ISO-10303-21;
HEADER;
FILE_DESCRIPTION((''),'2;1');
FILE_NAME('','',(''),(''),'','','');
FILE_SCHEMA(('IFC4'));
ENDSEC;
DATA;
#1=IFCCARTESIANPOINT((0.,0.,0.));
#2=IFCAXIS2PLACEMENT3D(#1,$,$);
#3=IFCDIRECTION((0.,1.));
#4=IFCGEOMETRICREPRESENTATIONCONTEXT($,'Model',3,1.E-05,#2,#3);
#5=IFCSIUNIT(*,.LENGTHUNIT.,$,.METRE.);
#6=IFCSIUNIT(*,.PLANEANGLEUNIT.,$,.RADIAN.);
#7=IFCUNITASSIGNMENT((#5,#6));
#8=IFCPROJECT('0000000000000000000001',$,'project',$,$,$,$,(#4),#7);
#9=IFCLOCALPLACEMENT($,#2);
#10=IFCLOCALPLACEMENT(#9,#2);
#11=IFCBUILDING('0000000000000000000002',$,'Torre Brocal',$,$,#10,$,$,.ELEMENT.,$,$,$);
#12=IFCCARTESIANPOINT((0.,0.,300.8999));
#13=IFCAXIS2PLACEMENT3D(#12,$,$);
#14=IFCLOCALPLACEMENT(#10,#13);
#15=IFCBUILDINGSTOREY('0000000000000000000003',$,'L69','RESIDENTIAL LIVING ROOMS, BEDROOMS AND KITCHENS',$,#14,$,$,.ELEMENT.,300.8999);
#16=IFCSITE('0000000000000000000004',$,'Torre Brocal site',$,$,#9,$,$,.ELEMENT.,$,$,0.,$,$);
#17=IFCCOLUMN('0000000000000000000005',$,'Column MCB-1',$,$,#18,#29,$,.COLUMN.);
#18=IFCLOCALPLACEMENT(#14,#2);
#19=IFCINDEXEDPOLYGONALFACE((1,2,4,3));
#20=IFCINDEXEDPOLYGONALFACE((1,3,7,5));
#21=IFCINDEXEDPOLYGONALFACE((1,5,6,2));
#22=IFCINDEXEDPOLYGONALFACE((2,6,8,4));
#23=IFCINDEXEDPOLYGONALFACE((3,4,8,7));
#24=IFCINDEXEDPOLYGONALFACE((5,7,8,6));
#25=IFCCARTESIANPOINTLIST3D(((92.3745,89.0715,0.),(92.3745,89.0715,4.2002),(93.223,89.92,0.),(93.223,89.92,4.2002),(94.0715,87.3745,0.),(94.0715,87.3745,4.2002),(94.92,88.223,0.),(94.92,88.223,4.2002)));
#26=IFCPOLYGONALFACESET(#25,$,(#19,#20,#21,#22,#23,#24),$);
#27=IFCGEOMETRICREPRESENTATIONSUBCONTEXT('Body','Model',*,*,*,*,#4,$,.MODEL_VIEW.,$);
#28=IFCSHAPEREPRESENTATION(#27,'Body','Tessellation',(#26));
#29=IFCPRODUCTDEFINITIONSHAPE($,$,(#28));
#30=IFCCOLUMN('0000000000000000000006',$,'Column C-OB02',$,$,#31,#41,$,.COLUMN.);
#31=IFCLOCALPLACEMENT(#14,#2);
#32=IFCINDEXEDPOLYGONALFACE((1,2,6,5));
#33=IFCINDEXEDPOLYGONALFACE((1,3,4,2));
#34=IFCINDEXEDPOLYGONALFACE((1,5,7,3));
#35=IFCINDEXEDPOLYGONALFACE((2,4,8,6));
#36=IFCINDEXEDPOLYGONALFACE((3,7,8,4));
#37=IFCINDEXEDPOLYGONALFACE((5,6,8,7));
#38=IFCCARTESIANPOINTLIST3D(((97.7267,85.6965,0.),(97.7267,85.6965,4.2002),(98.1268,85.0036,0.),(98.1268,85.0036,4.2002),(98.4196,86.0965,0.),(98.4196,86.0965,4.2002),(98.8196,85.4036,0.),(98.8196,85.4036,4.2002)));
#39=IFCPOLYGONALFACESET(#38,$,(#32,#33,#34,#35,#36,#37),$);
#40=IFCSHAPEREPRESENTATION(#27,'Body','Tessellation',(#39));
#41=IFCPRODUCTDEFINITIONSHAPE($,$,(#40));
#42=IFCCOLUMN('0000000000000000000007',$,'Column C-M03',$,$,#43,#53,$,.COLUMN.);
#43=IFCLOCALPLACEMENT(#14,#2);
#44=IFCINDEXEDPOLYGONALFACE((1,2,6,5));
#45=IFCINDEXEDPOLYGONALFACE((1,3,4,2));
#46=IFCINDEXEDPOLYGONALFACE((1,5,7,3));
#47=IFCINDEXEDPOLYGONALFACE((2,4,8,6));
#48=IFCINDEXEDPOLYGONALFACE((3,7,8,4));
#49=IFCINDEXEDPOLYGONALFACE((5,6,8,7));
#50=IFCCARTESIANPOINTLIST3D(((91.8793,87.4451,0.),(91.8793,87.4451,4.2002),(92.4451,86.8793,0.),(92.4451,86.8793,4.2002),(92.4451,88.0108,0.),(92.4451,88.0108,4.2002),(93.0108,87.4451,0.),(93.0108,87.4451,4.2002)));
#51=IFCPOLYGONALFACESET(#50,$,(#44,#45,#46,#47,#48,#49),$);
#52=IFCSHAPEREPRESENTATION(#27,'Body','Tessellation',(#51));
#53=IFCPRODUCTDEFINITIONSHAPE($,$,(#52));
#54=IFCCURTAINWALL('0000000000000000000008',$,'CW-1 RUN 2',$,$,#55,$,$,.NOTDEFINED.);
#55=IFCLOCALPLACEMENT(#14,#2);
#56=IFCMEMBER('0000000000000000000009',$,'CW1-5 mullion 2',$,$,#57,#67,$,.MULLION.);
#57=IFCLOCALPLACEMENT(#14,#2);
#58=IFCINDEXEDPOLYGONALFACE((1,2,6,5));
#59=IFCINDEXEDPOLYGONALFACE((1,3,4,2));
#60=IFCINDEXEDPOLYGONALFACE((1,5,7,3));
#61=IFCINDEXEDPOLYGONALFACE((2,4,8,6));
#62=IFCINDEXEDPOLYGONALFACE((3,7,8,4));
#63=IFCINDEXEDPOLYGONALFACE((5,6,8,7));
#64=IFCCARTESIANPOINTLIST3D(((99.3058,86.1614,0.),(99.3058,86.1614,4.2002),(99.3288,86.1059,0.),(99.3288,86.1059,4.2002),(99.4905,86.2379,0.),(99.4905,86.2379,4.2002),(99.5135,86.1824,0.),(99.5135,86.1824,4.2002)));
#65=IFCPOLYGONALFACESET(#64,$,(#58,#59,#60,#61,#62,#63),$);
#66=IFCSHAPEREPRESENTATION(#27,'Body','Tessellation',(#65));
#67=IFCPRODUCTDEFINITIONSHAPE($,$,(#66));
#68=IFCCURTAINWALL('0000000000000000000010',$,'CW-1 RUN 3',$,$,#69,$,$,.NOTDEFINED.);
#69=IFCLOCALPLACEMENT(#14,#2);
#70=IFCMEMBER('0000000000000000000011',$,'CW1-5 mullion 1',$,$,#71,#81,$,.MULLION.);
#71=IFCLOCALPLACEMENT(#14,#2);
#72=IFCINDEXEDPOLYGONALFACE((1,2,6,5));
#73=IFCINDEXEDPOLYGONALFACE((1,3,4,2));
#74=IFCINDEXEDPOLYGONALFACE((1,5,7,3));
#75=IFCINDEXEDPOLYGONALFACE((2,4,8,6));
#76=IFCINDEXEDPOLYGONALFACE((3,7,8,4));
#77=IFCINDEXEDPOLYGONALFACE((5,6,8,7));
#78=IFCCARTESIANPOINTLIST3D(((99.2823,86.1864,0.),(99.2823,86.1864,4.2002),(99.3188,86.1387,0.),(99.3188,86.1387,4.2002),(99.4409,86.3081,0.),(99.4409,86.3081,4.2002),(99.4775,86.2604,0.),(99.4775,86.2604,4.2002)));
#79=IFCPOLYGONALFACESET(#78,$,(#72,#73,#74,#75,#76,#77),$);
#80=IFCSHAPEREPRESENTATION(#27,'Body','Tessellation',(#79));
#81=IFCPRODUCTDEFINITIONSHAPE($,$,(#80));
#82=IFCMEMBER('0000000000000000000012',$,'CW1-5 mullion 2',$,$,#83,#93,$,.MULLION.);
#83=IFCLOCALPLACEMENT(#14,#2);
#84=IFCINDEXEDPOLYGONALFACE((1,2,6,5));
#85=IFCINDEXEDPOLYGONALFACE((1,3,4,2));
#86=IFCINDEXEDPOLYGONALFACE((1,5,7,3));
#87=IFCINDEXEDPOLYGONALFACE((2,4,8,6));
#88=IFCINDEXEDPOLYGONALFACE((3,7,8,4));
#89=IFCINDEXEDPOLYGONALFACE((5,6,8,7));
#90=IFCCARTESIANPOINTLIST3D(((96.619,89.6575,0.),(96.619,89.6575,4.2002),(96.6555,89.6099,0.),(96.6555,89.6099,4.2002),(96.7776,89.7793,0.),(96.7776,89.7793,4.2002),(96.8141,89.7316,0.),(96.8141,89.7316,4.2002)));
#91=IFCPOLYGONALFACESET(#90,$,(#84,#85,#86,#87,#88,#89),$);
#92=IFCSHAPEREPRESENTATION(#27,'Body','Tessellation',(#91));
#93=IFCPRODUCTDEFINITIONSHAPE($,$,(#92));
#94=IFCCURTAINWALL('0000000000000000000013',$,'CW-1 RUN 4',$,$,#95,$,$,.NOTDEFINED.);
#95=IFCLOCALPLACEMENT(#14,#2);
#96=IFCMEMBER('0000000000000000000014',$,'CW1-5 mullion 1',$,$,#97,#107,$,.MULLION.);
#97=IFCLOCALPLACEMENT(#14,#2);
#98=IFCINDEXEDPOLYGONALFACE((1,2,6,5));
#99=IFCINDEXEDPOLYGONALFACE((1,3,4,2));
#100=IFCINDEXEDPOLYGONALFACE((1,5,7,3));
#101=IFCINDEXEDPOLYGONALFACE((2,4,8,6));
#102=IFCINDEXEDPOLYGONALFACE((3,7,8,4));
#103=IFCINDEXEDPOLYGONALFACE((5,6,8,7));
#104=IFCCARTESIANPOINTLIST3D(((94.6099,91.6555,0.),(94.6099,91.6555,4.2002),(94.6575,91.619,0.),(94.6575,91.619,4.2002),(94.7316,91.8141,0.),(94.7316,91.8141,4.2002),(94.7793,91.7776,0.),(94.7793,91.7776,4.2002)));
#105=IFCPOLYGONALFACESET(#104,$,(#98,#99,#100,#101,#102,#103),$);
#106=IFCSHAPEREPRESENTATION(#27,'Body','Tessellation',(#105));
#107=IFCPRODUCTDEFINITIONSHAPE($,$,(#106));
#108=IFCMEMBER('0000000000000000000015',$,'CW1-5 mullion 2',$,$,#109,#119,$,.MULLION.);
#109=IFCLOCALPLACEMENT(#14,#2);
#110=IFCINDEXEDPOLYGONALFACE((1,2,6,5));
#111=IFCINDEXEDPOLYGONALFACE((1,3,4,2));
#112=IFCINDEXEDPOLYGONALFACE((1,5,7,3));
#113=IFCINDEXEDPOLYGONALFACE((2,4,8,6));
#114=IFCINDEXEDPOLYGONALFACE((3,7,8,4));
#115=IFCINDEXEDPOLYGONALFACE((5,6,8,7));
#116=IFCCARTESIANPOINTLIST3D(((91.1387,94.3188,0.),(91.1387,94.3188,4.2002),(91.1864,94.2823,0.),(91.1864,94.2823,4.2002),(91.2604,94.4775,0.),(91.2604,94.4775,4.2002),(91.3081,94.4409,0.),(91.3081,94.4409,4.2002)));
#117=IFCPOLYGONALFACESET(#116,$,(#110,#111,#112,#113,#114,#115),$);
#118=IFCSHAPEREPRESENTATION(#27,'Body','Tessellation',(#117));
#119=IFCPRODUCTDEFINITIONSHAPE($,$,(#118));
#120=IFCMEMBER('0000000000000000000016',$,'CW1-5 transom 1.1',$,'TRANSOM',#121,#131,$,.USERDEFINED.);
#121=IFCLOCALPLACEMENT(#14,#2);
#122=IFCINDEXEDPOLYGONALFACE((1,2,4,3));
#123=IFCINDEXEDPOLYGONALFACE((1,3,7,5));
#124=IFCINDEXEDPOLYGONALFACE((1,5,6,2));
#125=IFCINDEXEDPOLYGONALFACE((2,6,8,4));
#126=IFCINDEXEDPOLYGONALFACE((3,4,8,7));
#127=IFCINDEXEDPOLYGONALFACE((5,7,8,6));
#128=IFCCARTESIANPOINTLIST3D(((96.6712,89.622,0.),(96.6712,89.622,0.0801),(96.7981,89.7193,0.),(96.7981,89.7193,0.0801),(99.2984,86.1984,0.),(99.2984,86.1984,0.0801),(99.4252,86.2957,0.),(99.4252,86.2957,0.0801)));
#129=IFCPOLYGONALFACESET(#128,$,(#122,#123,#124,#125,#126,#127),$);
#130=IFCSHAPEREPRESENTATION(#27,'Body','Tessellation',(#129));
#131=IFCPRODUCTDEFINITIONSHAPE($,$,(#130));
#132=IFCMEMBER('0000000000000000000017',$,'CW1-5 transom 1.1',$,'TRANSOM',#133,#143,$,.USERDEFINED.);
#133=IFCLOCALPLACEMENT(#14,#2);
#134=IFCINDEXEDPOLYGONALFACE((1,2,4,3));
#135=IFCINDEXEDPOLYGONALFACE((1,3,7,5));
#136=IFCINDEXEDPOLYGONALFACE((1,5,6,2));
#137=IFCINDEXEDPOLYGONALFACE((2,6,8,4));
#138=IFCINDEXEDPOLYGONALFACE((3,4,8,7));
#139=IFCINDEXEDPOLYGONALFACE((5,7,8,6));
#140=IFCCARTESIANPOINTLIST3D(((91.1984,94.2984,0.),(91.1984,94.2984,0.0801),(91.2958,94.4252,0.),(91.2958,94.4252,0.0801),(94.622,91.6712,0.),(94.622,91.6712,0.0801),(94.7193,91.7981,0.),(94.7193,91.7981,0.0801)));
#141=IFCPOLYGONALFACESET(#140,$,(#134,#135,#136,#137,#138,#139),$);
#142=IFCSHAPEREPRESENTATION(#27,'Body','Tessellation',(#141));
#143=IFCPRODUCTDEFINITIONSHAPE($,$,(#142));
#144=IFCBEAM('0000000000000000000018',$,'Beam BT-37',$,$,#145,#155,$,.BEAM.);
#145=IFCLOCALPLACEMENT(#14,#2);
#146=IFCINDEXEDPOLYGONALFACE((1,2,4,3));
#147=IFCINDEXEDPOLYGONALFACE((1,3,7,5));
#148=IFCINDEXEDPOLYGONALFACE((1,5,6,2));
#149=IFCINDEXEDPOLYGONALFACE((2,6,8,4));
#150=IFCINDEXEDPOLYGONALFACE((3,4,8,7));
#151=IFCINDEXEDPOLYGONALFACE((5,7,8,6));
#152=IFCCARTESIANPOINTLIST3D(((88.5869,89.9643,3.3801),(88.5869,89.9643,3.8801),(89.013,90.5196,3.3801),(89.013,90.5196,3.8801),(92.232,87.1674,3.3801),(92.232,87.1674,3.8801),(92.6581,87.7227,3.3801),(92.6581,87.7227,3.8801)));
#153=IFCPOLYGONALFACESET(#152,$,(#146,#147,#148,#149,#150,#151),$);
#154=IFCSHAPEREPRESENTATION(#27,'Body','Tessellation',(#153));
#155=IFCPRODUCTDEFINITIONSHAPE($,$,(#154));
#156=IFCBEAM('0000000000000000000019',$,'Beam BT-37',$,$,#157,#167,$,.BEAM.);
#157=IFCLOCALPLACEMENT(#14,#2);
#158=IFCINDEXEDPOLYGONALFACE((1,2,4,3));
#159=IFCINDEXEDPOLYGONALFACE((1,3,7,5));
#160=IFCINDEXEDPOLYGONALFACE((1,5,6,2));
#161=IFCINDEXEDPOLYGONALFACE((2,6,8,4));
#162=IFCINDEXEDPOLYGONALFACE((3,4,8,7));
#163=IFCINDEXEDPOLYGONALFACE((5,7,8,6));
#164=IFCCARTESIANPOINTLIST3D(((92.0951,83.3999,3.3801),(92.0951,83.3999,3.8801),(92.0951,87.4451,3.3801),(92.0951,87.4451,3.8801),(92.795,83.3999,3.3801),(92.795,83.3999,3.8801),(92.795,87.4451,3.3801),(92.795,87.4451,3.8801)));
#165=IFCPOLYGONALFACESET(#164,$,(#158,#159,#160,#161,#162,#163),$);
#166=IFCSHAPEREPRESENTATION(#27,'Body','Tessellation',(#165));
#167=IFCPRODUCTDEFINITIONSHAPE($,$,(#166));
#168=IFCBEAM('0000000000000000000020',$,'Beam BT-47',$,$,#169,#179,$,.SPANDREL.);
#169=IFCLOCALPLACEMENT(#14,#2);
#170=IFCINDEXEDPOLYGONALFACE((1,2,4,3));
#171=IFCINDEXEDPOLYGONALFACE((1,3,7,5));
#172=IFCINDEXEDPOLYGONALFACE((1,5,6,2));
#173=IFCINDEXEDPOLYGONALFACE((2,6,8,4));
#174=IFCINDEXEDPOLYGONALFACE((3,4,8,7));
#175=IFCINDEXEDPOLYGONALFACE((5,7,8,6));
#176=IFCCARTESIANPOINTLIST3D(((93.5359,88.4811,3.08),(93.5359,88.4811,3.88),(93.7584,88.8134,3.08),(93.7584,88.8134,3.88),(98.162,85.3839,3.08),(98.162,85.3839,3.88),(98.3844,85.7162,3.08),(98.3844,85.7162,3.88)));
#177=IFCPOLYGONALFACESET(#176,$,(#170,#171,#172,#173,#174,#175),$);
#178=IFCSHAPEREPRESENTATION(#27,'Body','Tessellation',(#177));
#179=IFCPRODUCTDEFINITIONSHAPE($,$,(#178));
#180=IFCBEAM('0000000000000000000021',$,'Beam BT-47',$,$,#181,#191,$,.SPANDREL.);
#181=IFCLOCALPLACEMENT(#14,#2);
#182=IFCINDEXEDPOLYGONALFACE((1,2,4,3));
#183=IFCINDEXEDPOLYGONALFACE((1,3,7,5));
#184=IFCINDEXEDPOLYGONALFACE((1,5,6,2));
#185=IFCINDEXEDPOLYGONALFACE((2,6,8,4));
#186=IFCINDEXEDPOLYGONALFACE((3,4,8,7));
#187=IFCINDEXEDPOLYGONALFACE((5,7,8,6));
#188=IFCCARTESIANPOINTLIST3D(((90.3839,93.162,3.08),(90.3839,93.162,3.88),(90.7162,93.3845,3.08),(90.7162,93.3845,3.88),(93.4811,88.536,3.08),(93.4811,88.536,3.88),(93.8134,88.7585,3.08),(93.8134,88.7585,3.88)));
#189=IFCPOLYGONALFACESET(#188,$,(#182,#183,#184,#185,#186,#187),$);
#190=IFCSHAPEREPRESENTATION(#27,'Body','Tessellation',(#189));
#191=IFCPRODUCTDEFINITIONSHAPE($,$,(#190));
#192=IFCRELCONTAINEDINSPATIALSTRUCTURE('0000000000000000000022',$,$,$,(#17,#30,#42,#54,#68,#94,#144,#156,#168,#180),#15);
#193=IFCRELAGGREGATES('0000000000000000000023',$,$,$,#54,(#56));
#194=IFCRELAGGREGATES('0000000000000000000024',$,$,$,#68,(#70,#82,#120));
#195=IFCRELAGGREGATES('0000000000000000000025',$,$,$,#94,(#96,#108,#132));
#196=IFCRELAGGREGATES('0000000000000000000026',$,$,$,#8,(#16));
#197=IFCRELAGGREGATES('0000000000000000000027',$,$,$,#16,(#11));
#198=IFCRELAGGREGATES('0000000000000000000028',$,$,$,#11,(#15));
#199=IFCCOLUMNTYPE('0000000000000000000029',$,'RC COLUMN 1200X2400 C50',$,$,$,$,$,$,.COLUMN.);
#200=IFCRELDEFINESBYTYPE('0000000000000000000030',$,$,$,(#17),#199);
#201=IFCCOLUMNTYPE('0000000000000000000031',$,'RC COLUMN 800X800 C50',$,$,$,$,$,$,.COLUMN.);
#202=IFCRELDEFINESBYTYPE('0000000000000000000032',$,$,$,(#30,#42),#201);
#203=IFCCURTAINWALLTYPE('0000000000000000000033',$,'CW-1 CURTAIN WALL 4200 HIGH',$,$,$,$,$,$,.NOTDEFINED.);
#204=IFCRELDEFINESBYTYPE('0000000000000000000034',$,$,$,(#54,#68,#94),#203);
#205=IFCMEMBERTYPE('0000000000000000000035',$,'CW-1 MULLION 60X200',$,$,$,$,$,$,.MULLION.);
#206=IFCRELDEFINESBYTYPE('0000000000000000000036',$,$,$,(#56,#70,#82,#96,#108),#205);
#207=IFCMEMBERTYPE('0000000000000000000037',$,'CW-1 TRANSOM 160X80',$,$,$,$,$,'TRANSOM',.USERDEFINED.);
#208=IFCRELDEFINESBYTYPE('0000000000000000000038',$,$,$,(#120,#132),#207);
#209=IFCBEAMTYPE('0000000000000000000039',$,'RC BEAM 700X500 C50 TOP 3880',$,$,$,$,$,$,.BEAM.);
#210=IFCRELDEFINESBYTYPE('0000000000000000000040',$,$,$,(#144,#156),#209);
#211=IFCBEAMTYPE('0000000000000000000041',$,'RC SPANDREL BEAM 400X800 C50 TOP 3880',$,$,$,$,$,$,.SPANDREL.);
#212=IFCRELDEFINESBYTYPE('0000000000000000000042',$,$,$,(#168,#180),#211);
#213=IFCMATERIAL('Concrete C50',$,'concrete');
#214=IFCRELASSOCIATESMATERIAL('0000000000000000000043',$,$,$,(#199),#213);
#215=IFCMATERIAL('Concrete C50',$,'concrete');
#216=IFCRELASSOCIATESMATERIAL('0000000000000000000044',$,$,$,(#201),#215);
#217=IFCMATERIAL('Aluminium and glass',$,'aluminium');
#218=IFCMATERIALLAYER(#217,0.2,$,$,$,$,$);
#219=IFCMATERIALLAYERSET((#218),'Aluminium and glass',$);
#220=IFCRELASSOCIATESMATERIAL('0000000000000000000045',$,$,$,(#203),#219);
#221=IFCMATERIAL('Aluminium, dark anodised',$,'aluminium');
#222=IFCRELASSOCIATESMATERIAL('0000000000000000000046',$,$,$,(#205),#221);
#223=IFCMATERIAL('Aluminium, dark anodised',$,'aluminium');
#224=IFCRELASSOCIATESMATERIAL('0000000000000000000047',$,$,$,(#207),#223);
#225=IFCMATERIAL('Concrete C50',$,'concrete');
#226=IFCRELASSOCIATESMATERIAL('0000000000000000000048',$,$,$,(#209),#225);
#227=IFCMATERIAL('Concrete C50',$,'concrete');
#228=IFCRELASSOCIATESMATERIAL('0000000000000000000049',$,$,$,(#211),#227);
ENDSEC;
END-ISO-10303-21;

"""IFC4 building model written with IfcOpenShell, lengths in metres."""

from ifc_helpers import new_model, si_unit, direction, frame, origin, origin_2d, place, context, subcontext, project, spatial, rectangle, extrude, material, layer, layer_set, material_profile, profile_set, type_object, element, aggregate, save


model = new_model("IFC4")

# Units and contexts
model_context = context("Model", 3, precision=1e-05, world=origin(), true_north=direction((0.0, 1.0)))
body_context = subcontext(model_context, "Body", "Model", "MODEL_VIEW")
ifc_project = project(units=[si_unit("LENGTHUNIT", "METRE"), si_unit("PLANEANGLEUNIT", "RADIAN")], contexts=[model_context])

# Site, building, storey
site_placement = place(None, origin())
site = spatial("IfcSite", under=ifc_project, at=site_placement, Name="Torre Brocal site", CompositionType="ELEMENT", RefElevation=0.0)
building_placement = place(site_placement, origin())
building = spatial("IfcBuilding", under=site, at=building_placement, Name="Torre Brocal", CompositionType="ELEMENT")
storey_placement = place(building_placement, frame((0.0, 0.0, 300.8999)))
storey = spatial("IfcBuildingStorey", under=building, at=storey_placement, Name="L69", Description="RESIDENTIAL LIVING ROOMS, BEDROOMS AND KITCHENS", CompositionType="ELEMENT", Elevation=300.8999)

# Columns
ifc_material_1 = material(Name="Concrete C50", Category="concrete")
ifc_material_profile_1 = material_profile(ifc_material_1, rectangle(XDim=1.2, YDim=2.3999, at=origin_2d()), Name="RC 1200X2400")
ifc_profile_set_1 = profile_set([ifc_material_profile_1], Name="Concrete C50")
column_type_1 = type_object("IfcColumnType", Name="RC COLUMN 1200X2400 C50", PredefinedType="COLUMN", material=ifc_profile_set_1)
column_placement = place(storey_placement, frame((93.6472, 88.6472, 0.0), z_axis=(0.0, 0.0, 1.0), x_axis=(0.707107, 0.707107, 0.0)))
element("IfcColumn", 1, at=column_placement, inside=storey, type_object=column_type_1, Name="Column MCB-1", PredefinedType="COLUMN", context=body_context, shape_type="SweptSolid", body=[
    extrude(rectangle(XDim=1.2, YDim=2.3999, at=origin_2d()), origin(), (0.0, 0.0, 1.0), 4.2002),
])
ifc_material_2 = material(Name="Concrete C50", Category="concrete")
ifc_material_profile_2 = material_profile(ifc_material_2, rectangle(XDim=0.8, YDim=0.8, at=origin_2d()), Name="RC 800X800")
ifc_profile_set_2 = profile_set([ifc_material_profile_2], Name="Concrete C50")
column_type_2 = type_object("IfcColumnType", Name="RC COLUMN 800X800 C50", PredefinedType="COLUMN", material=ifc_profile_set_2)
for number, where, z_axis, x_axis, name in (
    (2, (98.2732, 85.55, 0.0), (0.0, 0.0, 1.0), (0.866025, 0.5, 0.0), "Column C-OB02"),
    (3, (92.4451, 87.4451, 0.0), (0.0, 0.0, 1.0), (0.707107, 0.707107, 0.0), "Column C-M03"),
):
    element("IfcColumn", number, at=place(storey_placement, frame(where, z_axis=z_axis, x_axis=x_axis)), inside=storey, type_object=column_type_2, Name=name, PredefinedType="COLUMN", context=body_context, shape_type="SweptSolid", body=[
        extrude(rectangle(XDim=0.8, YDim=0.8, at=origin_2d()), origin(), (0.0, 0.0, 1.0), 4.2002),
    ])

# Curtain wall, member
ifc_material_3 = material(Name="Aluminium and glass", Category="aluminium")
ifc_layer_1 = layer(ifc_material_3, 0.2)
ifc_layer_set_1 = layer_set([ifc_layer_1], Name="Aluminium and glass")
curtain_wall_type = type_object("IfcCurtainWallType", Name="CW-1 CURTAIN WALL 4200 HIGH", PredefinedType="NOTDEFINED", material=ifc_layer_set_1)
curtain_wall_1_placement = place(storey_placement, origin())
curtain_wall_1 = element("IfcCurtainWall", 4, at=curtain_wall_1_placement, inside=storey, type_object=curtain_wall_type, Name="CW-1 RUN 2", PredefinedType="NOTDEFINED")
ifc_material_4 = material(Name="Aluminium, dark anodised", Category="aluminium")
ifc_material_profile_3 = material_profile(ifc_material_4, rectangle(XDim=0.2, YDim=0.0601, at=origin_2d()), Name="CW-1 MULLION 60X200")
ifc_profile_set_3 = profile_set([ifc_material_profile_3], Name="Aluminium, dark anodised")
member_type_1 = type_object("IfcMemberType", Name="CW-1 MULLION 60X200", PredefinedType="MULLION", material=ifc_profile_set_3)
member_1_placement = place(storey_placement, frame((99.4097, 86.1719, 0.0), z_axis=(0.0, 0.0, 1.0), x_axis=(-0.92388, -0.382683, 0.0)))
member_1 = element("IfcMember", 5, at=member_1_placement, type_object=member_type_1, Name="CW1-5 mullion 2", PredefinedType="MULLION", context=body_context, shape_type="SweptSolid", body=[
    extrude(rectangle(XDim=0.2, YDim=0.0601, at=origin_2d()), origin(), (0.0, 0.0, 1.0), 4.2002),
])
aggregate(curtain_wall_1, [member_1])

# Curtain walls, members
curtain_wall_2_placement = place(storey_placement, origin())
curtain_wall_2 = element("IfcCurtainWall", 6, at=curtain_wall_2_placement, inside=storey, type_object=curtain_wall_type, Name="CW-1 RUN 3", PredefinedType="NOTDEFINED")
member_2_placement = place(storey_placement, frame((99.3799, 86.2234, 0.0), z_axis=(0.0, 0.0, 1.0), x_axis=(-0.793353, -0.608761, 0.0)))
member_2 = element("IfcMember", 7, at=member_2_placement, type_object=member_type_1, Name="CW1-5 mullion 1", PredefinedType="MULLION", context=body_context, shape_type="SweptSolid", body=[
    extrude(rectangle(XDim=0.2, YDim=0.0601, at=origin_2d()), origin(), (0.0, 0.0, 1.0), 4.2002),
])
member_3_placement = place(storey_placement, frame((96.7166, 89.6946, 0.0), z_axis=(0.0, 0.0, 1.0), x_axis=(-0.793353, -0.608761, 0.0)))
member_3 = element("IfcMember", 8, at=member_3_placement, type_object=member_type_1, Name="CW1-5 mullion 2", PredefinedType="MULLION", context=body_context, shape_type="SweptSolid", body=[
    extrude(rectangle(XDim=0.2, YDim=0.0601, at=origin_2d()), origin(), (0.0, 0.0, 1.0), 4.2002),
])
curtain_wall_3_placement = place(storey_placement, origin())
curtain_wall_3 = element("IfcCurtainWall", 9, at=curtain_wall_3_placement, inside=storey, type_object=curtain_wall_type, Name="CW-1 RUN 4", PredefinedType="NOTDEFINED")
member_4_placement = place(storey_placement, frame((94.6946, 91.7166, 0.0), z_axis=(0.0, 0.0, 1.0), x_axis=(-0.608761, -0.793353, 0.0)))
member_4 = element("IfcMember", 10, at=member_4_placement, type_object=member_type_1, Name="CW1-5 mullion 1", PredefinedType="MULLION", context=body_context, shape_type="SweptSolid", body=[
    extrude(rectangle(XDim=0.2, YDim=0.0601, at=origin_2d()), origin(), (0.0, 0.0, 1.0), 4.2002),
])
member_5_placement = place(storey_placement, frame((91.2234, 94.3799, 0.0), z_axis=(0.0, 0.0, 1.0), x_axis=(-0.608761, -0.793353, 0.0)))
member_5 = element("IfcMember", 11, at=member_5_placement, type_object=member_type_1, Name="CW1-5 mullion 2", PredefinedType="MULLION", context=body_context, shape_type="SweptSolid", body=[
    extrude(rectangle(XDim=0.2, YDim=0.0601, at=origin_2d()), origin(), (0.0, 0.0, 1.0), 4.2002),
])

# Members
ifc_material_5 = material(Name="Aluminium, dark anodised", Category="aluminium")
ifc_material_profile_4 = material_profile(ifc_material_5, rectangle(XDim=0.1599, YDim=0.0801, at=origin_2d()), Name="CW-1 TRANSOM 160X80")
ifc_profile_set_4 = profile_set([ifc_material_profile_4], Name="Aluminium, dark anodised")
member_type_2 = type_object("IfcMemberType", Name="CW-1 TRANSOM 160X80", ElementType="TRANSOM", PredefinedType="USERDEFINED", material=ifc_profile_set_4)
member_6_placement = place(storey_placement, frame((99.3618, 86.2471, 0.04), z_axis=(-0.608789, 0.793332, 0.0), x_axis=(-0.793332, -0.608789, 0.0)))
member_6 = element("IfcMember", 12, at=member_6_placement, type_object=member_type_2, Name="CW1-5 transom 1.1", ObjectType="TRANSOM", PredefinedType="USERDEFINED", context=body_context, shape_type="SweptSolid", body=[
    extrude(rectangle(XDim=0.1599, YDim=0.0801, at=origin_2d()), origin(), (0.0, 0.0, 1.0), 4.3154),
])
member_7_placement = place(storey_placement, frame((94.6707, 91.7346, 0.04), z_axis=(-0.793332, 0.608789, 0.0), x_axis=(-0.608789, -0.793332, 0.0)))
member_7 = element("IfcMember", 13, at=member_7_placement, type_object=member_type_2, Name="CW1-5 transom 1.1", ObjectType="TRANSOM", PredefinedType="USERDEFINED", context=body_context, shape_type="SweptSolid", body=[
    extrude(rectangle(XDim=0.1599, YDim=0.0801, at=origin_2d()), origin(), (0.0, 0.0, 1.0), 4.3154),
])

# Beams
ifc_material_6 = material(Name="Concrete C50", Category="concrete")
ifc_material_profile_5 = material_profile(ifc_material_6, rectangle(XDim=0.7, YDim=0.5, at=origin_2d()), Name="RC 700X500")
ifc_profile_set_5 = profile_set([ifc_material_profile_5], Name="Concrete C50")
beam_type_1 = type_object("IfcBeamType", Name="RC BEAM 700X500 C50 TOP 3880", PredefinedType="BEAM", material=ifc_profile_set_5)
beam_1_placement = place(storey_placement, frame((92.4451, 87.4451, 3.6301), z_axis=(-0.793358, 0.608755, 0.0), x_axis=(-0.608755, -0.793358, 0.0)))
element("IfcBeam", 14, at=beam_1_placement, inside=storey, type_object=beam_type_1, Name="Beam BT-37", PredefinedType="BEAM", context=body_context, shape_type="SweptSolid", body=[
    extrude(rectangle(XDim=0.7, YDim=0.5, at=origin_2d()), origin(), (0.0, 0.0, 1.0), 4.5945),
])
beam_2_placement = place(storey_placement, frame((92.4451, 87.4451, 3.6301), z_axis=(0.0, -1.0, 0.0), x_axis=(1.0, 0.0, 0.0)))
element("IfcBeam", 15, at=beam_2_placement, inside=storey, type_object=beam_type_1, Name="Beam BT-37", PredefinedType="BEAM", context=body_context, shape_type="SweptSolid", body=[
    extrude(rectangle(XDim=0.7, YDim=0.5, at=origin_2d()), origin(), (0.0, 0.0, 1.0), 4.0452),
])
ifc_material_7 = material(Name="Concrete C50", Category="concrete")
ifc_material_profile_6 = material_profile(ifc_material_7, rectangle(XDim=0.3999, YDim=0.8, at=origin_2d()), Name="RC 400X800")
ifc_profile_set_6 = profile_set([ifc_material_profile_6], Name="Concrete C50")
beam_type_2 = type_object("IfcBeamType", Name="RC SPANDREL BEAM 400X800 C50 TOP 3880", PredefinedType="SPANDREL", material=ifc_profile_set_6)
for number, where, z_axis, x_axis, name in (
    (16, (98.2732, 85.55, 3.48), (-0.830956, 0.556339, 0.0), (-0.556339, -0.830956, 0.0), "Beam BT-47"),
    (17, (93.6472, 88.6472, 3.48), (-0.556339, 0.830956, 0.0), (-0.830956, -0.556339, 0.0), "Beam BT-47"),
):
    element("IfcBeam", number, at=place(storey_placement, frame(where, z_axis=z_axis, x_axis=x_axis)), inside=storey, type_object=beam_type_2, Name=name, PredefinedType="SPANDREL", context=body_context, shape_type="SweptSolid", body=[
        extrude(rectangle(XDim=0.3999, YDim=0.8, at=origin_2d()), origin(), (0.0, 0.0, 1.0), 5.5671),
    ])

aggregate(curtain_wall_2, [member_2, member_3, member_6])
aggregate(curtain_wall_3, [member_4, member_5, member_7])

save(model, "model.ifc")
